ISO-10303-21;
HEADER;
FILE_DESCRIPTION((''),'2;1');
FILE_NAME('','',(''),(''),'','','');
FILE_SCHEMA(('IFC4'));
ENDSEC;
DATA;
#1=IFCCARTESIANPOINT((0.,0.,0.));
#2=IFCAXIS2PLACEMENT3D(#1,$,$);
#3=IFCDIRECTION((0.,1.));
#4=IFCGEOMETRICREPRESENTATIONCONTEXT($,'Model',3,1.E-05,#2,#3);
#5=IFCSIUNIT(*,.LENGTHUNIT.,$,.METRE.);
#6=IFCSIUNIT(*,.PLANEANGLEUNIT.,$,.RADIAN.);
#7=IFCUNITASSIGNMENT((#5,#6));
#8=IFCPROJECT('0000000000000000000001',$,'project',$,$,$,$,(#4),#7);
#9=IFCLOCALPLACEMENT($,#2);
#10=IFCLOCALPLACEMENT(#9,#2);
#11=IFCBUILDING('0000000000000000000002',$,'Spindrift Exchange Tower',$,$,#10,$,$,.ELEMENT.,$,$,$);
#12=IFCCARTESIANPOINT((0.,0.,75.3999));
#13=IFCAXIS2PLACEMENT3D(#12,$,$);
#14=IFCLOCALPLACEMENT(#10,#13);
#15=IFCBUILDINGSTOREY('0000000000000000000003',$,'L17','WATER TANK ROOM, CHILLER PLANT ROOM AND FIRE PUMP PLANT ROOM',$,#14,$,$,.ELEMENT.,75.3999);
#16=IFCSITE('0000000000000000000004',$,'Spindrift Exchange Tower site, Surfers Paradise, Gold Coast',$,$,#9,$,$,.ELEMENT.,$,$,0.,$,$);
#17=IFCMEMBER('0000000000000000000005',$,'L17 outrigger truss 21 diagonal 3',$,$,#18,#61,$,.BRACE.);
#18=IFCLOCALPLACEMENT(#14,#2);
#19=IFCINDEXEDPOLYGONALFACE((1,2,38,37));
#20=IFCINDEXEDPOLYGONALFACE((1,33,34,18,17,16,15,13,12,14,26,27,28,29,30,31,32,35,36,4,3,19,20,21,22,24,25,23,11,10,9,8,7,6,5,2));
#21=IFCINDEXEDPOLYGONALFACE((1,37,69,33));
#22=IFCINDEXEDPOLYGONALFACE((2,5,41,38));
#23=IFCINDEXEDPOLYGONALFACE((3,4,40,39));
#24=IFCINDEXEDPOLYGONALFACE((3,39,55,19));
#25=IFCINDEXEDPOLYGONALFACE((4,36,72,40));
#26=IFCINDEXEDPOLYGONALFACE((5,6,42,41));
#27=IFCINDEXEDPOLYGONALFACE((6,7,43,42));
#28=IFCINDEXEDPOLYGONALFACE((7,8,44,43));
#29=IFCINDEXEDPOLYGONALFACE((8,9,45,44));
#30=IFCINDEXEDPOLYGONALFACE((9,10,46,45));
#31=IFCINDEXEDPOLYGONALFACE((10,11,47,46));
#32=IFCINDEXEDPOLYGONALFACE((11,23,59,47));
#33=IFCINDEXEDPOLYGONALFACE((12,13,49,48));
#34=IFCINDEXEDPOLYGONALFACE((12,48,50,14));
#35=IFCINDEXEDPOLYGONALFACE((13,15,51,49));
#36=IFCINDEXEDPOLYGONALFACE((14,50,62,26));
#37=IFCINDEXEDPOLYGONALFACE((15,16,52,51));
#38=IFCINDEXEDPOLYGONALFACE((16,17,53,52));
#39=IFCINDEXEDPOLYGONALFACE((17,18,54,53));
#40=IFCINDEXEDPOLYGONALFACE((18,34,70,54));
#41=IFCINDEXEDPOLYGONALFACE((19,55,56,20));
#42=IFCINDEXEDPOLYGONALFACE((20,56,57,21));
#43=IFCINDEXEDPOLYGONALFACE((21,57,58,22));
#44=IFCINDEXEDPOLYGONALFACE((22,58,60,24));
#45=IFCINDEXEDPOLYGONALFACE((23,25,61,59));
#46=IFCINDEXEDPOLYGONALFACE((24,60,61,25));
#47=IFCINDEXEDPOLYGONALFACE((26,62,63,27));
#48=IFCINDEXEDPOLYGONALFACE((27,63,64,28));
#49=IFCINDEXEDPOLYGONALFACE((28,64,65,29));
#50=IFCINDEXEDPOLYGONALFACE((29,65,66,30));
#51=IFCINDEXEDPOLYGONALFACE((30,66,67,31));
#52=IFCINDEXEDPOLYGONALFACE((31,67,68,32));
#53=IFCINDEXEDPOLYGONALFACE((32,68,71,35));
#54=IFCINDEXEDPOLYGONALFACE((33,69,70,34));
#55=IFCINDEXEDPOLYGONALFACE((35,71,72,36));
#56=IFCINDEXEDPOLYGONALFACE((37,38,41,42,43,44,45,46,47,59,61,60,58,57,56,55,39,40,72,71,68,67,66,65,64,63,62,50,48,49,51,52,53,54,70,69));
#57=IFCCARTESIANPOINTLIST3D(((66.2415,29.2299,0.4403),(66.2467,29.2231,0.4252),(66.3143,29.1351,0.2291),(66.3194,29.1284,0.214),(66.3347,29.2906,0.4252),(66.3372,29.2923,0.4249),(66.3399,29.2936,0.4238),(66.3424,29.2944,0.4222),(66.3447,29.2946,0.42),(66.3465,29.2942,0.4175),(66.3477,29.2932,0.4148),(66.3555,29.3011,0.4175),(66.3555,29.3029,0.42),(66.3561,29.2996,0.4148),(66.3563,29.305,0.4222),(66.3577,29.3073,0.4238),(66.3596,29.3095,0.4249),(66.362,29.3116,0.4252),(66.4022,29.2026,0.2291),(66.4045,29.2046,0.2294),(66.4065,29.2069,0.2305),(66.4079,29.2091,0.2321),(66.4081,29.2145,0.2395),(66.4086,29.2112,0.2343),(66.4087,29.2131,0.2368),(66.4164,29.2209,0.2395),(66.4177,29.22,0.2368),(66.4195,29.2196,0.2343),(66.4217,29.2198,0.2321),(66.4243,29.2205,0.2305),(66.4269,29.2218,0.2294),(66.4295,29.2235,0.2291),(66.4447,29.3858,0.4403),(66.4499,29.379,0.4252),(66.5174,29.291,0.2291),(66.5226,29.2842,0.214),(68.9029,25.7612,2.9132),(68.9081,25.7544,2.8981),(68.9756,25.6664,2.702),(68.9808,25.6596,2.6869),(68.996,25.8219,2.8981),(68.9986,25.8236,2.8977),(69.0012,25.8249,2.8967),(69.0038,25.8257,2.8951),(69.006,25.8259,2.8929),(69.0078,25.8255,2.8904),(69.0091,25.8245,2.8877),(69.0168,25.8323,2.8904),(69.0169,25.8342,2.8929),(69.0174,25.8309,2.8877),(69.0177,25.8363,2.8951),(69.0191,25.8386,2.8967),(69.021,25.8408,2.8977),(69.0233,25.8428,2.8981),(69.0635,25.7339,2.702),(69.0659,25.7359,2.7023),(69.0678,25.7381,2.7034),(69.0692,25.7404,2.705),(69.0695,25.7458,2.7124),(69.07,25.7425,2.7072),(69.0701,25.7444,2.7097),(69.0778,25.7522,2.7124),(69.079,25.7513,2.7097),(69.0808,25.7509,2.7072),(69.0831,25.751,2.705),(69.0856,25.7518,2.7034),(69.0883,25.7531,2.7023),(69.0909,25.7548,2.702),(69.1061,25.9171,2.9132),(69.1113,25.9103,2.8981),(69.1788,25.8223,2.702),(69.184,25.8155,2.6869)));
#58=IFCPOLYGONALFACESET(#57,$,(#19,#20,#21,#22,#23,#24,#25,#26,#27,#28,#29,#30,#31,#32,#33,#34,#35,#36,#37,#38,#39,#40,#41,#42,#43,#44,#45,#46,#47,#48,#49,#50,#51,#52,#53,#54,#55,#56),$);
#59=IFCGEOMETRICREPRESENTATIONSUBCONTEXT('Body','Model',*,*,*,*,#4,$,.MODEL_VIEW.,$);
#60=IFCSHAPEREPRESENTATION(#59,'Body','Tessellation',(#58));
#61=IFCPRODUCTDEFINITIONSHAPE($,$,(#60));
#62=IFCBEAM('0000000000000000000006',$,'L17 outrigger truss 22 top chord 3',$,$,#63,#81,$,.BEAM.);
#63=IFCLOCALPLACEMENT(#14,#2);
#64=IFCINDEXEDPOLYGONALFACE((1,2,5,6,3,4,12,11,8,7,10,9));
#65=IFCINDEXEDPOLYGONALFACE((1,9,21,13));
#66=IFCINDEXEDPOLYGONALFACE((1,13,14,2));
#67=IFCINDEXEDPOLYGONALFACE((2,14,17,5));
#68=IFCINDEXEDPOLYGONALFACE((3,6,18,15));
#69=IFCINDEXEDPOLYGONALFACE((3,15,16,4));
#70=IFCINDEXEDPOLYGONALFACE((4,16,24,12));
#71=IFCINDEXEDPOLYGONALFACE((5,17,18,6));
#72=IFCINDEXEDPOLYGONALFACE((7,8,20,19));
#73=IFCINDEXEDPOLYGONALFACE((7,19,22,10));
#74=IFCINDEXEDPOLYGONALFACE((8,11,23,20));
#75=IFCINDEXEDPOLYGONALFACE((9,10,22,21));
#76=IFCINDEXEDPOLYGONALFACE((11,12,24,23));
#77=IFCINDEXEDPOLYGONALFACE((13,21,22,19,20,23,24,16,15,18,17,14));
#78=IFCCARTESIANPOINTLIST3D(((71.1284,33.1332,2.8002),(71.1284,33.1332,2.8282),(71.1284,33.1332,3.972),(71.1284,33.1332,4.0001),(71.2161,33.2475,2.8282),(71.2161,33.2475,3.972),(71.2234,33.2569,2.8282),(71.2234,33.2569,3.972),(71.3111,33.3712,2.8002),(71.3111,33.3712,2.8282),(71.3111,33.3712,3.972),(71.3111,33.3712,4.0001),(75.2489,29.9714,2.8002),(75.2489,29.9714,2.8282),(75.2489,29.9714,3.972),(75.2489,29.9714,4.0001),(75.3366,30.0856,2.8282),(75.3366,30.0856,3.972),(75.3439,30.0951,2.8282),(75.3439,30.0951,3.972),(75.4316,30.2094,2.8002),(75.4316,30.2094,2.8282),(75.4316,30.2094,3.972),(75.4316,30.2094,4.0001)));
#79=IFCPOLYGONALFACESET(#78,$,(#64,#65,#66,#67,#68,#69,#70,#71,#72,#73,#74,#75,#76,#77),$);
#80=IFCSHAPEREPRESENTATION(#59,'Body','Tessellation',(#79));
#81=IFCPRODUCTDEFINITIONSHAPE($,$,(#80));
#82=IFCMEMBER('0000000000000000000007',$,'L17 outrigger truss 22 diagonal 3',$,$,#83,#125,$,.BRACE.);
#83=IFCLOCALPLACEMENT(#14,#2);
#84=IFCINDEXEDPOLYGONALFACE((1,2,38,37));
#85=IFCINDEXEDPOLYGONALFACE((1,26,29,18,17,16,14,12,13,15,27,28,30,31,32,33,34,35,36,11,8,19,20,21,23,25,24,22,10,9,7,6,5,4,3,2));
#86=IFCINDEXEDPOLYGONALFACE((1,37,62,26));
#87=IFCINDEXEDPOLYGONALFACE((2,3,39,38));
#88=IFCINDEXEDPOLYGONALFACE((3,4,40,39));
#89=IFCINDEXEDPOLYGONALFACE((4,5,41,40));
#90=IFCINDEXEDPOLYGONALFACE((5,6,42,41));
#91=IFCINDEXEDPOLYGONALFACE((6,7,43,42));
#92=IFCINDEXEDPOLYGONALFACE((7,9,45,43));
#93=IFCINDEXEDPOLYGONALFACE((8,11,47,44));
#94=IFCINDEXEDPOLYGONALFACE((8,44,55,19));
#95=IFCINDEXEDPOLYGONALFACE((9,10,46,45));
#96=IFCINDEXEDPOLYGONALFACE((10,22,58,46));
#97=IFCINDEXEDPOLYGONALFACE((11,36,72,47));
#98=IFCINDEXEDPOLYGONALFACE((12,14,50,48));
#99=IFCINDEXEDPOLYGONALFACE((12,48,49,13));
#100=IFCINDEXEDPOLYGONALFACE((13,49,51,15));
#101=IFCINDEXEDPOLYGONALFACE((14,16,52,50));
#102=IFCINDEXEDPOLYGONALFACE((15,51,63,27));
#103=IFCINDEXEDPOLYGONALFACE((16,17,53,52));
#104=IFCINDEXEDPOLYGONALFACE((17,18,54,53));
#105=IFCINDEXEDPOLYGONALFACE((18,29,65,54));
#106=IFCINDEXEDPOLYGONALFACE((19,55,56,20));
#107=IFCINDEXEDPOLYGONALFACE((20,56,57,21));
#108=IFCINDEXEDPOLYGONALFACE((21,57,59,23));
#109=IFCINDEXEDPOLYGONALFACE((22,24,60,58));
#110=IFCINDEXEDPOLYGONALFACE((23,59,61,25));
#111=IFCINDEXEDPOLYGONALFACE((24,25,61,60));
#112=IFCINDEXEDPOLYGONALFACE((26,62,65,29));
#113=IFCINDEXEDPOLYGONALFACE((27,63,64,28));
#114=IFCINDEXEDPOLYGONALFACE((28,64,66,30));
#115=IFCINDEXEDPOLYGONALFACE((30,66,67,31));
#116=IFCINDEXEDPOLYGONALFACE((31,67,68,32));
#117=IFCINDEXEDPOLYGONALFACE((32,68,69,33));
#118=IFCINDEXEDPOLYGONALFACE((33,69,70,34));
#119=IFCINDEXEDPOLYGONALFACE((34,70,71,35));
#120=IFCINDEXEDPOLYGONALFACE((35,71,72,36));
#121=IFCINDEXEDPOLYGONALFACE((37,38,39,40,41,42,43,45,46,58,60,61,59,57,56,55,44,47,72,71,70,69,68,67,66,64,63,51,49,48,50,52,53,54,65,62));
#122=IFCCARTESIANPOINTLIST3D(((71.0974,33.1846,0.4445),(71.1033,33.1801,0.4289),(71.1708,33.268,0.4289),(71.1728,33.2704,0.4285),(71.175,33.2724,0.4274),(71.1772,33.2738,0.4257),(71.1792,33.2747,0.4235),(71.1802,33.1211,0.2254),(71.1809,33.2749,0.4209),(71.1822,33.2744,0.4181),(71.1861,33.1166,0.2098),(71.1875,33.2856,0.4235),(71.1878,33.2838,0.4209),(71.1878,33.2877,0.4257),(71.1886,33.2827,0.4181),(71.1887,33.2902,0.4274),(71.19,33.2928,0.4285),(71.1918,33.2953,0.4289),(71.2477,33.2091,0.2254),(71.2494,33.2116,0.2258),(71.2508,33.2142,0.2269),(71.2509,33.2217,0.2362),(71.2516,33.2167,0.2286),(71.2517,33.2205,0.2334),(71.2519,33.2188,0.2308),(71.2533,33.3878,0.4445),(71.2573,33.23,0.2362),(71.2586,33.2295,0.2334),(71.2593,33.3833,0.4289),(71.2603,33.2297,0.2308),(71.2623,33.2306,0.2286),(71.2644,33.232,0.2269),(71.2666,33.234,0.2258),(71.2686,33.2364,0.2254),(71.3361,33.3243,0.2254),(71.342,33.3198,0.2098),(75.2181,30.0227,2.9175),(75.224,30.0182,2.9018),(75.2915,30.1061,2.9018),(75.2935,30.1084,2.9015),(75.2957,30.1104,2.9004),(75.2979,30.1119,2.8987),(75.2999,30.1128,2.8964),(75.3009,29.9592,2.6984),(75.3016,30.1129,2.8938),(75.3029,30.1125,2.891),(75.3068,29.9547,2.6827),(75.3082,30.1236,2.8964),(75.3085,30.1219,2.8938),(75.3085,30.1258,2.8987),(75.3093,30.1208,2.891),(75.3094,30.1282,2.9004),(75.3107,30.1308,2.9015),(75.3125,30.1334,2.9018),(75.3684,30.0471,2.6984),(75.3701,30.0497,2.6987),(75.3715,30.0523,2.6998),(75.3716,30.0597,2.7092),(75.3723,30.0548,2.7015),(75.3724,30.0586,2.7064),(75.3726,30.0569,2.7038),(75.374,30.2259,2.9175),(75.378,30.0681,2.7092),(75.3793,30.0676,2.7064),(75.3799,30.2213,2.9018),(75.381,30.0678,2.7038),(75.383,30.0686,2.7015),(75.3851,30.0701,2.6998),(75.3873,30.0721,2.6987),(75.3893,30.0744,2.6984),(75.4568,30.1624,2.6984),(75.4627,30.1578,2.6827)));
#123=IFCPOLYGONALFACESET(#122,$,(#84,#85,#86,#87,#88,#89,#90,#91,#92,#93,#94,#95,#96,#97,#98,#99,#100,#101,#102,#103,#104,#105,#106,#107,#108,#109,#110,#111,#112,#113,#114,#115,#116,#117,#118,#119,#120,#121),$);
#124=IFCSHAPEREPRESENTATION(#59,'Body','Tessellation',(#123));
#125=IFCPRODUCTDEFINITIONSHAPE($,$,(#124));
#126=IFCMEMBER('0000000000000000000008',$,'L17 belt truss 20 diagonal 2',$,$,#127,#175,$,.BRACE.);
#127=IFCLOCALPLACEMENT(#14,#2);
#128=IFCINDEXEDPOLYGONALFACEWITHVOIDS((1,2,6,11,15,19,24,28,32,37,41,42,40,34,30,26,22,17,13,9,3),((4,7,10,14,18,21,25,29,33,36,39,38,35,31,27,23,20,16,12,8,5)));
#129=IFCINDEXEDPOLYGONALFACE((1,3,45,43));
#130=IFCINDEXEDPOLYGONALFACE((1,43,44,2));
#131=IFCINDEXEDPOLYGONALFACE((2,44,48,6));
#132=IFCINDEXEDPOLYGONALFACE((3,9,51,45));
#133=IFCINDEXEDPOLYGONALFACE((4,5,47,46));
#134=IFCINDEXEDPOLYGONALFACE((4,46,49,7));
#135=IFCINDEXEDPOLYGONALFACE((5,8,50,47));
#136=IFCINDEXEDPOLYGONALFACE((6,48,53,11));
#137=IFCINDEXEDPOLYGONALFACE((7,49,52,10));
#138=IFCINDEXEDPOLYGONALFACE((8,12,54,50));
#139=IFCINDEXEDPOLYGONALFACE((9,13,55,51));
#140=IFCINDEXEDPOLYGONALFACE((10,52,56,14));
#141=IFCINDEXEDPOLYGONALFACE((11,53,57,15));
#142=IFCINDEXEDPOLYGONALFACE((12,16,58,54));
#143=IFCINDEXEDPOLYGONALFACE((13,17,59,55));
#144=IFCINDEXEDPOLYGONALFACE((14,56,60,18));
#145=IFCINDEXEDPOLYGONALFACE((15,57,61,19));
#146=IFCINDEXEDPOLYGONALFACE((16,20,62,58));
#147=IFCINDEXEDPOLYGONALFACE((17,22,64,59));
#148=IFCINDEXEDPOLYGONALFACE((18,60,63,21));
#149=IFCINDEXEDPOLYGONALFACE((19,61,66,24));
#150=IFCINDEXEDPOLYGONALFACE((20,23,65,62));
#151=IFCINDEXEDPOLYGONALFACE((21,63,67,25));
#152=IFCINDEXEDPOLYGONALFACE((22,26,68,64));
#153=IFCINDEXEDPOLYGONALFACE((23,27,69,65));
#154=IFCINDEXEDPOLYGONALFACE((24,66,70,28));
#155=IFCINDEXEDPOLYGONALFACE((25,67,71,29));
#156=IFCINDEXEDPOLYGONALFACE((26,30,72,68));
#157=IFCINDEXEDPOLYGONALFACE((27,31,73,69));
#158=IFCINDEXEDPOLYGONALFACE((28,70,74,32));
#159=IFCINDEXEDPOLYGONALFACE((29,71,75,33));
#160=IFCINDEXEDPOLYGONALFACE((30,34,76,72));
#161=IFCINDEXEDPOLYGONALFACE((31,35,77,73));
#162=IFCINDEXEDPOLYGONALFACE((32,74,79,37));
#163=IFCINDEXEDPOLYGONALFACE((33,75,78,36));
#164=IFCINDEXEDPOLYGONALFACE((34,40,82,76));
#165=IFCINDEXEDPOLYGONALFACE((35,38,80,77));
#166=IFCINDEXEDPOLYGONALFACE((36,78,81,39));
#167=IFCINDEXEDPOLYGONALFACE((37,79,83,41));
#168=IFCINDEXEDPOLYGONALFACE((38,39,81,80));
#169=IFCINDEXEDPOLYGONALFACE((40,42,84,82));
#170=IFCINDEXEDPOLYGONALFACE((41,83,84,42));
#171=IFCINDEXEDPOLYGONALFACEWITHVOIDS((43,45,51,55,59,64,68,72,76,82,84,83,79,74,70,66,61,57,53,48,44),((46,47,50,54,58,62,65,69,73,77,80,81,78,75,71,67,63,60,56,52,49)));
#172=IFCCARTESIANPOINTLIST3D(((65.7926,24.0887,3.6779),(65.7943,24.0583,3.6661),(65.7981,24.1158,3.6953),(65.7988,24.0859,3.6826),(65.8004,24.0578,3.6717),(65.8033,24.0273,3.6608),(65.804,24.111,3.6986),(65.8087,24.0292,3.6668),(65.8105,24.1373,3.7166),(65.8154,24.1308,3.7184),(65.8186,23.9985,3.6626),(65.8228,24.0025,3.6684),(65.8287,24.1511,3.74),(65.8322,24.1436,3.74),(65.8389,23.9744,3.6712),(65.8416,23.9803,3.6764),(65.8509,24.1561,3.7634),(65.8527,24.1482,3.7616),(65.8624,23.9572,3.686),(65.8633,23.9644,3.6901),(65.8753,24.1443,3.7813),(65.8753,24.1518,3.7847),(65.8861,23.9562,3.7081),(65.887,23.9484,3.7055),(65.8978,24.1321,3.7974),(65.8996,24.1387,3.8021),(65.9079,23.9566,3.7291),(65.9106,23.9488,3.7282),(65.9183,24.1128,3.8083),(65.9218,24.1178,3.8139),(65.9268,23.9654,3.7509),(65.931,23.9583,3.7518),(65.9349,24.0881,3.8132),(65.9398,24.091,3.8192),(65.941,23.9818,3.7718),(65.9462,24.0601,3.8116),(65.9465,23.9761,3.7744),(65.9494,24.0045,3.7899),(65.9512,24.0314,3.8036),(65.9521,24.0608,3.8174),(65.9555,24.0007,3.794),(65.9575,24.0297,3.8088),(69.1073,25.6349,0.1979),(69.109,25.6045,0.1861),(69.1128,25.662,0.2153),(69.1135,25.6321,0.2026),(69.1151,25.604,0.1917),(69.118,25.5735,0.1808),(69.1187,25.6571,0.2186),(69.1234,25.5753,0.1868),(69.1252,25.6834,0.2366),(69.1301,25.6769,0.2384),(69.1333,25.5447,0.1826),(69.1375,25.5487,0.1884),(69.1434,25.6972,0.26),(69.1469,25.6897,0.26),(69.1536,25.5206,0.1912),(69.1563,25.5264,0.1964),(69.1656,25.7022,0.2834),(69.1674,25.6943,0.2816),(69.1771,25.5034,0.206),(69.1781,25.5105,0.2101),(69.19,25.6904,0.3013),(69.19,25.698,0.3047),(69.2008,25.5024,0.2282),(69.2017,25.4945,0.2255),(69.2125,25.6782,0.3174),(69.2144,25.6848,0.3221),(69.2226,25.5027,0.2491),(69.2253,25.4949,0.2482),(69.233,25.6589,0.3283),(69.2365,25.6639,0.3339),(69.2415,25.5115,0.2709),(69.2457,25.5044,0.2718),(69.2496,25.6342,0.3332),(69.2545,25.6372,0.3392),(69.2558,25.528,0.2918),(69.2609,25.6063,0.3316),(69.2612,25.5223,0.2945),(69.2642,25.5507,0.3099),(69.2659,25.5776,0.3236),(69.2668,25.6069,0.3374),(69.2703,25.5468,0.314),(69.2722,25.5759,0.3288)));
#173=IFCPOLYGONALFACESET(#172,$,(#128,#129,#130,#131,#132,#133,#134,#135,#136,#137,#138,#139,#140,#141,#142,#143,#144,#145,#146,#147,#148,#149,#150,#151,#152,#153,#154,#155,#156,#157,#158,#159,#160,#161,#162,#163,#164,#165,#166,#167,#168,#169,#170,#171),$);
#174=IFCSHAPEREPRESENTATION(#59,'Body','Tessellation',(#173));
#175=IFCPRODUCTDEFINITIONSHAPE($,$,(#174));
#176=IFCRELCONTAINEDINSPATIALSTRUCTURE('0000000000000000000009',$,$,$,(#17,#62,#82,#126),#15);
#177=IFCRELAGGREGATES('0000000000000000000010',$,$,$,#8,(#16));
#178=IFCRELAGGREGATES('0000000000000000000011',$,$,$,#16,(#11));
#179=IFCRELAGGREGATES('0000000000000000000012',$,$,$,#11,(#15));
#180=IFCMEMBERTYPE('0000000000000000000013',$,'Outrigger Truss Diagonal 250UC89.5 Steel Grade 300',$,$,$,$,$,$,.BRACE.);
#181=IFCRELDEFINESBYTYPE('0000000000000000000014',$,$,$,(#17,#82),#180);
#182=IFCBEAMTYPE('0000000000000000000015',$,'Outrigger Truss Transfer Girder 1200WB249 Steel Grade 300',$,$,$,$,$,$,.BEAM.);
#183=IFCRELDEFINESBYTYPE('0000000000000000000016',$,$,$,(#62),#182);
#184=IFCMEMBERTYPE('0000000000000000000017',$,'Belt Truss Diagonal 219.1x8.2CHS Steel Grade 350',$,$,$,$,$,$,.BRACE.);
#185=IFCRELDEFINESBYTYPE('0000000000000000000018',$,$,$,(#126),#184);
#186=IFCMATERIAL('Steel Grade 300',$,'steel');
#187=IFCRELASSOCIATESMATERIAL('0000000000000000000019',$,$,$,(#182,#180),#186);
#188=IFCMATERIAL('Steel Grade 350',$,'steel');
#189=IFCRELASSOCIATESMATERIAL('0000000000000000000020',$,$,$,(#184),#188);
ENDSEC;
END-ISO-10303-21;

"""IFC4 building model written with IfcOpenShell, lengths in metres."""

from ifc_helpers import new_model, si_unit, direction, frame, origin, origin_2d, place, context, subcontext, project, spatial, hollow_circle, i_section, extrude, source, transform, mapped, material, material_profile, profile_set, type_object, element, save


model = new_model("IFC4")

# Units and contexts
model_context = context("Model", 3, precision=1e-05, world=origin(), true_north=direction((0.0, 1.0)))
body_context = subcontext(model_context, "Body", "Model", "MODEL_VIEW")
ifc_project = project(units=[si_unit("LENGTHUNIT", "METRE"), si_unit("PLANEANGLEUNIT", "RADIAN")], contexts=[model_context])

# Site, building, storey
site_placement = place(None, origin())
site = spatial("IfcSite", under=ifc_project, at=site_placement, Name="Spindrift Exchange Tower site, Surfers Paradise, Gold Coast", CompositionType="ELEMENT", RefElevation=0.0)
building_placement = place(site_placement, origin())
building = spatial("IfcBuilding", under=site, at=building_placement, Name="Spindrift Exchange Tower", CompositionType="ELEMENT")
storey_placement = place(building_placement, frame((0.0, 0.0, 75.3999)))
storey = spatial("IfcBuildingStorey", under=building, at=storey_placement, Name="L17", Description="WATER TANK ROOM, CHILLER PLANT ROOM AND FIRE PUMP PLANT ROOM", CompositionType="ELEMENT", Elevation=75.3999)

# Shared definitions
ifc_material_1 = material(Name="Steel Grade 300", Category="steel")

# Shared definitions
ifc_material_profile_1 = material_profile(ifc_material_1, i_section(OverallWidth=0.3, OverallDepth=1.2, WebThickness=0.012, FlangeThickness=0.0281, at=origin_2d()), Name="1200WB249")
ifc_profile_set_1 = profile_set([ifc_material_profile_1], Name="Steel Grade 300")
beam_type_1 = type_object("IfcBeamType", Name="Outrigger Truss Transfer Girder 1200WB249 Steel Grade 300", PredefinedType="BEAM", material=ifc_profile_set_1)

# Member
ifc_material_profile_2 = material_profile(ifc_material_1, i_section(OverallWidth=0.2561, OverallDepth=0.26, WebThickness=0.0105, FlangeThickness=0.0173, FilletRadius=0.012, at=origin_2d()), Name="250UC89.5")
ifc_profile_set_2 = profile_set([ifc_material_profile_2], Name="Steel Grade 300")
member_type_1 = type_object("IfcMemberType", Name="Outrigger Truss Diagonal 250UC89.5 Steel Grade 300", PredefinedType="BRACE", material=ifc_profile_set_2)
shared_shape_1 = source(origin(), body_context, "Body", "SweptSolid", [
    extrude(i_section(OverallWidth=0.2561, OverallDepth=0.26, WebThickness=0.0105, FlangeThickness=0.0173, FilletRadius=0.012, at=origin_2d()), origin(), (0.0, 0.0, 1.0), 5.0229),
])
member_1_placement = place(storey_placement, frame((66.3821, 29.2571, 0.3271), z_axis=(0.52984, -0.690575, 0.492317), x_axis=(0.793385, 0.60872, 0.0)))
element("IfcMember", 1, at=member_1_placement, inside=storey, type_object=member_type_1, Name="L17 outrigger truss 21 diagonal 3", PredefinedType="BRACE", context=body_context, shape_type="MappedRepresentation", body=[
    mapped(shared_shape_1, transform((0.0, 0.0, 0.0), scale=1.0)),
])

# Beam
shared_shape_2 = source(origin(), body_context, "Body", "SweptSolid", [
    extrude(i_section(OverallWidth=0.3, OverallDepth=1.2, WebThickness=0.012, FlangeThickness=0.0281, at=origin_2d()), origin(), (0.0, 0.0, 1.0), 5.1938),
])
beam_1_placement = place(storey_placement, frame((71.2197, 33.2522, 3.4001), z_axis=(0.793352, -0.608763, 0.0), x_axis=(0.608763, 0.793352, 0.0)))
element("IfcBeam", 2, at=beam_1_placement, inside=storey, type_object=beam_type_1, Name="L17 outrigger truss 22 top chord 3", PredefinedType="BEAM", context=body_context, shape_type="MappedRepresentation", body=[
    mapped(shared_shape_2, transform((0.0, 0.0, 0.0), scale=1.0)),
])

# Members
shared_shape_3 = source(origin(), body_context, "Body", "SweptSolid", [
    extrude(i_section(OverallWidth=0.2561, OverallDepth=0.26, WebThickness=0.0105, FlangeThickness=0.0173, FilletRadius=0.012, at=origin_2d()), origin(), (0.0, 0.0, 1.0), 5.7527),
])
member_2_placement = place(storey_placement, frame((71.2197, 33.2522, 0.3271), z_axis=(0.716307, -0.549644, 0.429878), x_axis=(0.608763, 0.793352, 0.0)))
element("IfcMember", 3, at=member_2_placement, inside=storey, type_object=member_type_1, Name="L17 outrigger truss 22 diagonal 3", PredefinedType="BRACE", context=body_context, shape_type="MappedRepresentation", body=[
    mapped(shared_shape_3, transform((0.0, 0.0, 0.0), scale=1.0)),
])
ifc_material_2 = material(Name="Steel Grade 350", Category="steel")
ifc_material_profile_3 = material_profile(ifc_material_2, hollow_circle(Radius=0.1096, WallThickness=0.0083, at=origin_2d()), Name="219.1x8.2CHS")
ifc_profile_set_3 = profile_set([ifc_material_profile_3], Name="Steel Grade 350")
member_type_2 = type_object("IfcMemberType", Name="Belt Truss Diagonal 219.1x8.2CHS Steel Grade 350", PredefinedType="BRACE", material=ifc_profile_set_3)
shared_shape_4 = source(origin(), body_context, "Body", "SweptSolid", [
    extrude(hollow_circle(Radius=0.1096, WallThickness=0.0083, at=origin_2d()), origin(), (0.0, 0.0, 1.0), 5.0486),
])
member_3_placement = place(storey_placement, frame((65.875, 24.0518, 3.74), z_axis=(0.656562, 0.306254, -0.689301), x_axis=(-0.422725, 0.906258, 0.0)))
element("IfcMember", 4, at=member_3_placement, inside=storey, type_object=member_type_2, Name="L17 belt truss 20 diagonal 2", PredefinedType="BRACE", context=body_context, shape_type="MappedRepresentation", body=[
    mapped(shared_shape_4, transform((0.0, 0.0, 0.0), scale=1.0)),
])

save(model, "model.ifc")
